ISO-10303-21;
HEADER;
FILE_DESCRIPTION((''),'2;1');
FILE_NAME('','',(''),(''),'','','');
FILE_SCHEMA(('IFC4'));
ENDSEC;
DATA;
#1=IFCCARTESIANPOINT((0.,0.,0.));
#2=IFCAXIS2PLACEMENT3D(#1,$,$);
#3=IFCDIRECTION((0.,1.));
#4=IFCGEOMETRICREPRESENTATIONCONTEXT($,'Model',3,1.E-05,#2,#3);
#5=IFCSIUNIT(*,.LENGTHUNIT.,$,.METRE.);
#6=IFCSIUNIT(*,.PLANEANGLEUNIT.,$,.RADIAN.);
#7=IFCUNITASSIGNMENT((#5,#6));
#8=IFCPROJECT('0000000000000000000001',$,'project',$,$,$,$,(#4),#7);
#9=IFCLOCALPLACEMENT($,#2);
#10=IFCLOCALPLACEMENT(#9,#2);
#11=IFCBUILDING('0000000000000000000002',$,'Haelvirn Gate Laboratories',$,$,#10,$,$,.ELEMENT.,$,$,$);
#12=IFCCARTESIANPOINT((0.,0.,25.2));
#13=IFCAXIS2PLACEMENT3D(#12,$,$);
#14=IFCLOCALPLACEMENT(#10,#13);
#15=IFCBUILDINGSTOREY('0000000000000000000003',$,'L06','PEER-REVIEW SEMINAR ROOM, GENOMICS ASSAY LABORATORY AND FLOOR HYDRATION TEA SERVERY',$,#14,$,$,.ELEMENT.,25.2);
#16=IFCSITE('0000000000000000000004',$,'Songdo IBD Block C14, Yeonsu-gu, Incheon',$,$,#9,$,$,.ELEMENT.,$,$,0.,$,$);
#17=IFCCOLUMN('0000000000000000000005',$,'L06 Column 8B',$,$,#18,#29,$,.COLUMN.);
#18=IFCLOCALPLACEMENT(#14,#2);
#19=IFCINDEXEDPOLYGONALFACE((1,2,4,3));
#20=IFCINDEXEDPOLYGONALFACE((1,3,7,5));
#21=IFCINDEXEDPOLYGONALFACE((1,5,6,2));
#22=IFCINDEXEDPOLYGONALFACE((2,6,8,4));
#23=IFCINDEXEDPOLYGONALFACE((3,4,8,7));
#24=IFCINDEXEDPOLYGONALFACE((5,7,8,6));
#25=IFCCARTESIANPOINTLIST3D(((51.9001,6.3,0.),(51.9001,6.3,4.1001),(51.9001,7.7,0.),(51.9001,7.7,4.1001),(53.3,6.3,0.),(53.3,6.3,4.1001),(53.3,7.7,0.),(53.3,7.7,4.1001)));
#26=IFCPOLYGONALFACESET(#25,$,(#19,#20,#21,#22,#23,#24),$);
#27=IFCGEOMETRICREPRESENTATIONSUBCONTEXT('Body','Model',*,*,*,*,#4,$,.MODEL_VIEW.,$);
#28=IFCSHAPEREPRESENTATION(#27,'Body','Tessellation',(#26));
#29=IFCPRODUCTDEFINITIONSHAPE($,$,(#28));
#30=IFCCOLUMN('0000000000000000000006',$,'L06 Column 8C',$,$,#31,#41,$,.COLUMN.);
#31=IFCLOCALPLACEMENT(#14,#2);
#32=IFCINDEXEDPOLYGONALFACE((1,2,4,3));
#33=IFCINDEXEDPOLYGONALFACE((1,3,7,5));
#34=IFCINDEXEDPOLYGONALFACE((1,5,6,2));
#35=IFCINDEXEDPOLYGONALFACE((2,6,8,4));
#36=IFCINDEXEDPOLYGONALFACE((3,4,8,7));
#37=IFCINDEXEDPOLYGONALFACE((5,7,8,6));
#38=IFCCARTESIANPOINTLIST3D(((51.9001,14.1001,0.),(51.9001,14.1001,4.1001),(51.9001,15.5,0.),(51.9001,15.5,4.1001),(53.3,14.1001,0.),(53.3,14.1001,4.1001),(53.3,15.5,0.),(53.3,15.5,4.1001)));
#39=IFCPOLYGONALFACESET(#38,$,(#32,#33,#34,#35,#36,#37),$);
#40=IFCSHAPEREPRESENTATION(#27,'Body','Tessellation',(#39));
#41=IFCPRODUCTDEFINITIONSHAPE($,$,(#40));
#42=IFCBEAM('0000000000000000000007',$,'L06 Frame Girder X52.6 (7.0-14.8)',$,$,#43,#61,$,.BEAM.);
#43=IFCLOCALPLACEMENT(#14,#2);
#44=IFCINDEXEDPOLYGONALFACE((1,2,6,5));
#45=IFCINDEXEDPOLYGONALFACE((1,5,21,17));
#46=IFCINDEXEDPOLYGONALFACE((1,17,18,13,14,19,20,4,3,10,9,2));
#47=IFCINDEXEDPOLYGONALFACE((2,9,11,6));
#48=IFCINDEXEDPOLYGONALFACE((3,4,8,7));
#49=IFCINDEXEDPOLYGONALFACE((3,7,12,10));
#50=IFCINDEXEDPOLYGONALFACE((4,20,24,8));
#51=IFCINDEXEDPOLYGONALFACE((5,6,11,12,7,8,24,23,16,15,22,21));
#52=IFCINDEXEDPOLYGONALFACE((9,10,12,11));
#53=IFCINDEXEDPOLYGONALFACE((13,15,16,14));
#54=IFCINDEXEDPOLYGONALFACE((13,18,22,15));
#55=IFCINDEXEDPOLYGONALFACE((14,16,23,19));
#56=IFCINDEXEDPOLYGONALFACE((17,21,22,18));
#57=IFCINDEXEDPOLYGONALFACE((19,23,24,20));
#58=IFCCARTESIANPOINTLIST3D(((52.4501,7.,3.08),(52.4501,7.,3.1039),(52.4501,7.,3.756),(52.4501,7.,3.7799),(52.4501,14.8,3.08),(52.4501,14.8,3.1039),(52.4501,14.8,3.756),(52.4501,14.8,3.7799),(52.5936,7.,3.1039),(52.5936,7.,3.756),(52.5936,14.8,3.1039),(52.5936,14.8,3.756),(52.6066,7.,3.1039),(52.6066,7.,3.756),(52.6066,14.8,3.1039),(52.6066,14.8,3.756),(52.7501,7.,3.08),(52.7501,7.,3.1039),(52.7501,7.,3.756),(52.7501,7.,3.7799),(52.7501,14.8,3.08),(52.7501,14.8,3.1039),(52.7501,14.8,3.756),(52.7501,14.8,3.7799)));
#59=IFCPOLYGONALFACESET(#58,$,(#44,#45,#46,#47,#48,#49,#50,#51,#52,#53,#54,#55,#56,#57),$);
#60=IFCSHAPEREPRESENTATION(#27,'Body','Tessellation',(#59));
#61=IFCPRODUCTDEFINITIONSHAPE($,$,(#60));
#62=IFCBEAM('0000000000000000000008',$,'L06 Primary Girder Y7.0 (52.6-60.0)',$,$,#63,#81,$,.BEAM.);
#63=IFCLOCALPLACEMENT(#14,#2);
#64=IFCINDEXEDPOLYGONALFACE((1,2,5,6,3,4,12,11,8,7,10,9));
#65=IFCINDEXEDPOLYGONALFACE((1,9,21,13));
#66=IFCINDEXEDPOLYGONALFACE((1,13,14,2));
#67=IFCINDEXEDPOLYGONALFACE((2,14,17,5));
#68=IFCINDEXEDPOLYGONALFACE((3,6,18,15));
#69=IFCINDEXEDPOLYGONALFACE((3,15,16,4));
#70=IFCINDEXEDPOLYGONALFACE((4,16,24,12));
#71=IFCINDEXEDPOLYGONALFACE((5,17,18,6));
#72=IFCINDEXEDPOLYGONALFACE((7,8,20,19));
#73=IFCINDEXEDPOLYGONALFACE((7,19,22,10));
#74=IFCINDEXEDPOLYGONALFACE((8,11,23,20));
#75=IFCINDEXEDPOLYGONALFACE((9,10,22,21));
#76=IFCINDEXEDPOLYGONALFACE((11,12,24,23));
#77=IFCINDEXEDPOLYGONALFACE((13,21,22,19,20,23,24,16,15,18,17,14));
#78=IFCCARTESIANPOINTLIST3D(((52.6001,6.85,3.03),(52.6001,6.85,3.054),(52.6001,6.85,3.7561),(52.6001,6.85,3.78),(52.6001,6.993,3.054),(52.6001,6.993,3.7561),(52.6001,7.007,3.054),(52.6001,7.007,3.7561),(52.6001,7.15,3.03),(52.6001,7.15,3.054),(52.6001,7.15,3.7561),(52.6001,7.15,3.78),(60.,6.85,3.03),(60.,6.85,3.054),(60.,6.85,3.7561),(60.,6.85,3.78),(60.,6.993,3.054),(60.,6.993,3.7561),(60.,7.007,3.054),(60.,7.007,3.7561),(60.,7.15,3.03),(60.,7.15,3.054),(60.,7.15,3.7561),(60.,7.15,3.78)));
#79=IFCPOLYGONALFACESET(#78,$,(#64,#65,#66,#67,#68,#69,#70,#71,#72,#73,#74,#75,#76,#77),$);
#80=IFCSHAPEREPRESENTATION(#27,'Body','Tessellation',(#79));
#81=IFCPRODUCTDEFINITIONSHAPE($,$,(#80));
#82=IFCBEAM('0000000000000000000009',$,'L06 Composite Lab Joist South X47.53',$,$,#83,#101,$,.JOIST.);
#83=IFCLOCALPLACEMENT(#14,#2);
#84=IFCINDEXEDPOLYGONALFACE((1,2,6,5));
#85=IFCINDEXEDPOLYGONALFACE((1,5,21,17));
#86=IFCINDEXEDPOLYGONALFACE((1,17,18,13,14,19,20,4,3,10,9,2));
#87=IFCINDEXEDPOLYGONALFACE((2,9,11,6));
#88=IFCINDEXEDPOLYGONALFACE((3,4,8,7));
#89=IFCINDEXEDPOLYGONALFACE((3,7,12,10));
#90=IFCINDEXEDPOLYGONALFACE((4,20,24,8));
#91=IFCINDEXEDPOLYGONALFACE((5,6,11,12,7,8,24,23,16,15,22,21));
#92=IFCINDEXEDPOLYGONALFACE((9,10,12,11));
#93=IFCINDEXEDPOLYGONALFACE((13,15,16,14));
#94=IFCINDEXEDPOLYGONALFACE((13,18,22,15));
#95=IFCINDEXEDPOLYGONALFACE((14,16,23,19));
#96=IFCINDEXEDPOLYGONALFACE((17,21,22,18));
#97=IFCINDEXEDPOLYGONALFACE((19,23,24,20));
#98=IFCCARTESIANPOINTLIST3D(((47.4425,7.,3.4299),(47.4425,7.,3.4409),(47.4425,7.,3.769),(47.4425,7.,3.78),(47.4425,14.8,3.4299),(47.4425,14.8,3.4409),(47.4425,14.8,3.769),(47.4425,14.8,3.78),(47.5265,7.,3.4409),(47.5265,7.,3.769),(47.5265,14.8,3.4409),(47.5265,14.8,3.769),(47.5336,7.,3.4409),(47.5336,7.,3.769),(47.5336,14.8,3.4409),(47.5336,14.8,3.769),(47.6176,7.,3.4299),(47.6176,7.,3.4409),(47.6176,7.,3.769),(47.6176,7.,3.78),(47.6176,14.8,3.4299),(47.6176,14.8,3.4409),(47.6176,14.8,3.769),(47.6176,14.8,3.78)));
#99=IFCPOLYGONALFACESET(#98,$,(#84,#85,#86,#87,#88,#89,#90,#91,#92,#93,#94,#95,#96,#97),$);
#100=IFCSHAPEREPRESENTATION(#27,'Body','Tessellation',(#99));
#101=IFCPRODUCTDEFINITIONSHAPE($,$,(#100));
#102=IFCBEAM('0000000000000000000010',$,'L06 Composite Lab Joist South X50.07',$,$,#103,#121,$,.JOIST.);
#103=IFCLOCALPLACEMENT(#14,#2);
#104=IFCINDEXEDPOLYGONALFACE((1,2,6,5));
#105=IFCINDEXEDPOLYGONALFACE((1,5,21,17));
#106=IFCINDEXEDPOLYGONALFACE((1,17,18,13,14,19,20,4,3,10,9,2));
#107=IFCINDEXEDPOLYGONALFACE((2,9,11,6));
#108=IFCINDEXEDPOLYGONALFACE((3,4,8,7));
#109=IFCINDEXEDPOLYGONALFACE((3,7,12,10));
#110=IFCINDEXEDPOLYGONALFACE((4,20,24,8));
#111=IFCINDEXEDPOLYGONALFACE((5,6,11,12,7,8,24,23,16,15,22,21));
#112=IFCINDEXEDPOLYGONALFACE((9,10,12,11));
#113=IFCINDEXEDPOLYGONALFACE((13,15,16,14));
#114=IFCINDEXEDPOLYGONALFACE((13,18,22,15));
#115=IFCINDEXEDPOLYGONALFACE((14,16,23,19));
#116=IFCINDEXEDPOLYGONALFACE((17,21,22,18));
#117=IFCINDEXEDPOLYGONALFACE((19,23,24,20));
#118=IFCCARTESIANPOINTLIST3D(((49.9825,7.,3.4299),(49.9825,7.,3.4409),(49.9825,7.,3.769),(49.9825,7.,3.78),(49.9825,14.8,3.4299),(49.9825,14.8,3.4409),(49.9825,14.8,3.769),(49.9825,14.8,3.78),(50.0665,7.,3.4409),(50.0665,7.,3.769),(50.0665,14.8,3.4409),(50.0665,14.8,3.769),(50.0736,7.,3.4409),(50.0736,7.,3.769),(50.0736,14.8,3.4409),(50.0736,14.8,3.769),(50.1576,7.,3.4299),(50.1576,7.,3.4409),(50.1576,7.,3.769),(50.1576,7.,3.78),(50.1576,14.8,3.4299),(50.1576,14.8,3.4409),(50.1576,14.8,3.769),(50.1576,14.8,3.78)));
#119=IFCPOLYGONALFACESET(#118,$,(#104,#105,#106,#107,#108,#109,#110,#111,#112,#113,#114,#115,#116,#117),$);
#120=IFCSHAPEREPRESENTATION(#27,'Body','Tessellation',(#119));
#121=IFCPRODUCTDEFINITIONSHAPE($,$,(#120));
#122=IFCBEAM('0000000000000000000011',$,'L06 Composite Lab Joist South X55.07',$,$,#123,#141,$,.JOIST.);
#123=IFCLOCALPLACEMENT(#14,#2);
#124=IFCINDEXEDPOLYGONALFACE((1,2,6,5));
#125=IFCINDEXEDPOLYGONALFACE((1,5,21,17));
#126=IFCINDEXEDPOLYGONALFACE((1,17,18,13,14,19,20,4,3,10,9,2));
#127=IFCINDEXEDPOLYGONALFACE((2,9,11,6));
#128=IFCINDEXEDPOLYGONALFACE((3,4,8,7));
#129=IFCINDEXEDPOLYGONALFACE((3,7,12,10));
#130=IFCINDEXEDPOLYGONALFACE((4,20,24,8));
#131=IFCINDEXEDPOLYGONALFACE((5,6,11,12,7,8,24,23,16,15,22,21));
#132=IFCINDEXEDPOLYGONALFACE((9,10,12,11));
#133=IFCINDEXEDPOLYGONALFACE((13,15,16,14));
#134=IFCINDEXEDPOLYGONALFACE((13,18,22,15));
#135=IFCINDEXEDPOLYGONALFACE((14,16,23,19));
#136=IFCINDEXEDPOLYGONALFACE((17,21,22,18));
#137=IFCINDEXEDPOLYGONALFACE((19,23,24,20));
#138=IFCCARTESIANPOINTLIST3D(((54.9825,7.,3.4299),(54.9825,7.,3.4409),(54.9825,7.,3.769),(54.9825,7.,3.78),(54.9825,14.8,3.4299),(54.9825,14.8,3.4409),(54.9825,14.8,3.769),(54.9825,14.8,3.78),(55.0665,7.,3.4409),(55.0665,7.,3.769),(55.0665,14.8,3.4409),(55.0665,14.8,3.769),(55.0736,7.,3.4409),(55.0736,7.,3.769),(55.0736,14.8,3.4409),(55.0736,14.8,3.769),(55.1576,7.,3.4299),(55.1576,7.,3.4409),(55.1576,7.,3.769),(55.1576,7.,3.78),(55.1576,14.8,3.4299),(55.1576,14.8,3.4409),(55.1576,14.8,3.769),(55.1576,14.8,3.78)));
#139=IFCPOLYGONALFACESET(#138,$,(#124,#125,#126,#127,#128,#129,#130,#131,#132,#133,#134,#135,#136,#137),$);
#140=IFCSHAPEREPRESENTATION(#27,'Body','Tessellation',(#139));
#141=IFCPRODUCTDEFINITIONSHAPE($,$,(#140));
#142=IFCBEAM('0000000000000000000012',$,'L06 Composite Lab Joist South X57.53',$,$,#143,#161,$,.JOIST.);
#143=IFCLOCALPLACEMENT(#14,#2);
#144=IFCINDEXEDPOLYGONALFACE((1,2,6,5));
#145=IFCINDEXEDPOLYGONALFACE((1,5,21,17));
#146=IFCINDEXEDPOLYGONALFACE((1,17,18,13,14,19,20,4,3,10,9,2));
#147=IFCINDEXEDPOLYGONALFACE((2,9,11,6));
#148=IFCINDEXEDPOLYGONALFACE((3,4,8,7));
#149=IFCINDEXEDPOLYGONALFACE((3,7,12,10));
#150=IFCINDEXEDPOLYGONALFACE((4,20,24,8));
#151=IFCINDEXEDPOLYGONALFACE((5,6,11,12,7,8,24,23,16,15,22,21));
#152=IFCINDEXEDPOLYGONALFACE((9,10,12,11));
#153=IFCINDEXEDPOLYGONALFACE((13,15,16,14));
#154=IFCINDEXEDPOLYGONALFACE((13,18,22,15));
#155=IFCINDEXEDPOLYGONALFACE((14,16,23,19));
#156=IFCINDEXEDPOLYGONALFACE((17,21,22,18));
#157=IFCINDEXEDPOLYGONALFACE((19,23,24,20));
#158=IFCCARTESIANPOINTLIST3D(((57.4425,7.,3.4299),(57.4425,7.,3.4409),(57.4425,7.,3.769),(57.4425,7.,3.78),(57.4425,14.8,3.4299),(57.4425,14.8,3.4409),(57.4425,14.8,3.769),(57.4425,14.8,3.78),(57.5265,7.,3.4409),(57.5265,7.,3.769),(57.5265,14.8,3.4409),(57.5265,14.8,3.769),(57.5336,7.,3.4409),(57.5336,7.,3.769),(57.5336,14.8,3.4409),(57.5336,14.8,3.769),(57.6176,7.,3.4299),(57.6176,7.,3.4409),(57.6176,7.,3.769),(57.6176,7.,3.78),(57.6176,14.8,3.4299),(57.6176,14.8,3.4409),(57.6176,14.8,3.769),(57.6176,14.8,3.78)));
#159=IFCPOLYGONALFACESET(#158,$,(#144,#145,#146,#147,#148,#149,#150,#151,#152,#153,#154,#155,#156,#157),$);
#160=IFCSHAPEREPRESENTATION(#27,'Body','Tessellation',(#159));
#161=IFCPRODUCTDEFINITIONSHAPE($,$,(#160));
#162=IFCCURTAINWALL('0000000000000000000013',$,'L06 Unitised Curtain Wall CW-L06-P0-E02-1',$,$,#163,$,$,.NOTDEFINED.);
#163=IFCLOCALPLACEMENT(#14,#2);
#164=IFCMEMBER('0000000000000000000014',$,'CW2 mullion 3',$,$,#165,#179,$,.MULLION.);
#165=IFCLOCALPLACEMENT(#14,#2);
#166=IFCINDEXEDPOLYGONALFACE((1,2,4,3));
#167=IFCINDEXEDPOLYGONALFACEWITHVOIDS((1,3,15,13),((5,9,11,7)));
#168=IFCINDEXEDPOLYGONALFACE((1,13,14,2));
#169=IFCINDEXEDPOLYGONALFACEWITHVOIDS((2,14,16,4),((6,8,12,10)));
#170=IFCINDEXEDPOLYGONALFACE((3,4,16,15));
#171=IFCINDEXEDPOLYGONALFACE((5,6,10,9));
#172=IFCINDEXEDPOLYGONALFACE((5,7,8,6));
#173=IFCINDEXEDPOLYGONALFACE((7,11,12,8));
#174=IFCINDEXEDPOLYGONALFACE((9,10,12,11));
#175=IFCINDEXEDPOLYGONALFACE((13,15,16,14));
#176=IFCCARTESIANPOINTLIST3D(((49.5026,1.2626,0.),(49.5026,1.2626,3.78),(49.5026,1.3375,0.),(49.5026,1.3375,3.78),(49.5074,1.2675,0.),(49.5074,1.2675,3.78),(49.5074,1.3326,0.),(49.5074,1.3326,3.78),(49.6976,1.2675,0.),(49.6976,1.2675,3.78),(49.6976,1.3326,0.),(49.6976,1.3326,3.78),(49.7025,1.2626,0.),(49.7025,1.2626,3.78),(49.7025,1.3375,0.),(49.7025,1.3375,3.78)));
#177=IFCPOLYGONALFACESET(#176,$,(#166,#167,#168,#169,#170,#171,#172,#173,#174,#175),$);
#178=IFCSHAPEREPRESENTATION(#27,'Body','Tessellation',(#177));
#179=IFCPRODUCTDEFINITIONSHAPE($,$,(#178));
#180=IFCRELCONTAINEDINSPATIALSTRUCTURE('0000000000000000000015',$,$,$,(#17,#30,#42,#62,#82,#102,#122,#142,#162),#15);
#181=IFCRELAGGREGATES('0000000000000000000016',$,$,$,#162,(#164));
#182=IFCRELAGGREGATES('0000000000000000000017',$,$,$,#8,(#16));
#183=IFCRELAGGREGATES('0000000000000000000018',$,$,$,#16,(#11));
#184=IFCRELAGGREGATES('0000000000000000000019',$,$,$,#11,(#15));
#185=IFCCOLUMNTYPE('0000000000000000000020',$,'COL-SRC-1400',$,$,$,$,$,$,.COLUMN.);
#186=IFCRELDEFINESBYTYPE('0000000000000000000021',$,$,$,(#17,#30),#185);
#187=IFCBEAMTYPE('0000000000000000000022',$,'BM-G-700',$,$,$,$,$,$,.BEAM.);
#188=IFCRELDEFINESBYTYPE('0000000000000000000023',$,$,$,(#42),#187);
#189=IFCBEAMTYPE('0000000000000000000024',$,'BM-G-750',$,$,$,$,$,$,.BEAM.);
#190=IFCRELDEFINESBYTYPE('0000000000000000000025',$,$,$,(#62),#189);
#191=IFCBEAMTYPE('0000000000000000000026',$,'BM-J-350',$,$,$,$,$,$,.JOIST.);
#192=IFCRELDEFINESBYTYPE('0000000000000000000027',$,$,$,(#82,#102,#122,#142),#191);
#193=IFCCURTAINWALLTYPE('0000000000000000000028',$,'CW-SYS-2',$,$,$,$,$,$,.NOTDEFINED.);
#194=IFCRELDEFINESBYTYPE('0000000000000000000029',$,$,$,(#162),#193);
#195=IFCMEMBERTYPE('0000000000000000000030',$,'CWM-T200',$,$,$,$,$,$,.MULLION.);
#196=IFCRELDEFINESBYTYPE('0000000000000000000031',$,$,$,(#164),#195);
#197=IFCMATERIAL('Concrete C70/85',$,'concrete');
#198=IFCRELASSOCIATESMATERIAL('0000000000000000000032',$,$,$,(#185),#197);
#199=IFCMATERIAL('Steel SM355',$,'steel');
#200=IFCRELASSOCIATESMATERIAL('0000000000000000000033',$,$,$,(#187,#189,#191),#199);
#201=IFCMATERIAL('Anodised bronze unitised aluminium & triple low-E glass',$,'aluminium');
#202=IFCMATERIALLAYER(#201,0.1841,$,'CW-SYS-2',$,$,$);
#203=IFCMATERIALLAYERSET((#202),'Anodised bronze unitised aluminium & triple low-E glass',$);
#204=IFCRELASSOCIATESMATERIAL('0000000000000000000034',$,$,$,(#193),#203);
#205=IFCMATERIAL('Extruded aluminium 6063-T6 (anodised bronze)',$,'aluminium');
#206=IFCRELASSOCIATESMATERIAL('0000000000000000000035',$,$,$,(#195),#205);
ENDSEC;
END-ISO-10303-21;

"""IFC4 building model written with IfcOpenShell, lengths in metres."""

from ifc_helpers import new_model, si_unit, direction, frame, origin, origin_2d, place, context, subcontext, project, spatial, rectangle, hollow_rectangle, i_section, extrude, source, transform, mapped, material, layer, layer_set, material_profile, profile_set, type_object, type_shapes, element, aggregate, save


model = new_model("IFC4")

# Units and contexts
model_context = context("Model", 3, precision=1e-05, world=origin(), true_north=direction((0.0, 1.0)))
body_context = subcontext(model_context, "Body", "Model", "MODEL_VIEW")
ifc_project = project(units=[si_unit("LENGTHUNIT", "METRE"), si_unit("PLANEANGLEUNIT", "RADIAN")], contexts=[model_context])

# Site, building, storey
site_placement = place(None, origin())
site = spatial("IfcSite", under=ifc_project, at=site_placement, Name="Songdo IBD Block C14, Yeonsu-gu, Incheon", CompositionType="ELEMENT", RefElevation=0.0)
building_placement = place(site_placement, origin())
building = spatial("IfcBuilding", under=site, at=building_placement, Name="Haelvirn Gate Laboratories", CompositionType="ELEMENT")
storey_placement = place(building_placement, frame((0.0, 0.0, 25.2)))
storey = spatial("IfcBuildingStorey", under=building, at=storey_placement, Name="L06", Description="PEER-REVIEW SEMINAR ROOM, GENOMICS ASSAY LABORATORY AND FLOOR HYDRATION TEA SERVERY", CompositionType="ELEMENT", Elevation=25.2)

# Columns
ifc_material_1 = material(Name="Concrete C70/85", Category="concrete")
ifc_material_profile_1 = material_profile(ifc_material_1, rectangle(XDim=1.3999, YDim=1.3999, at=origin_2d()), Name="SRC-1400x1400")
ifc_profile_set_1 = profile_set([ifc_material_profile_1], Name="Concrete C70/85")
column_type = type_object("IfcColumnType", Name="COL-SRC-1400", PredefinedType="COLUMN", material=ifc_profile_set_1)
shared_shape_1 = source(origin(), body_context, "Body", "SweptSolid", [
    extrude(rectangle(XDim=1.3999, YDim=1.3999, at=origin_2d()), origin(), (0.0, 0.0, 1.0), 4.1001),
])
type_shapes(column_type, [shared_shape_1])
for number, where, z_axis, x_axis, name in (
    (1, (52.6001, 7.0, 0.0), (0.0, 0.0, 1.0), (1.0, 0.0, 0.0), "L06 Column 8B"),
    (2, (52.6001, 14.8, 0.0), (0.0, 0.0, 1.0), (1.0, 0.0, 0.0), "L06 Column 8C"),
):
    element("IfcColumn", number, at=place(storey_placement, frame(where, z_axis=z_axis, x_axis=x_axis)), inside=storey, type_object=column_type, Name=name, PredefinedType="COLUMN", context=body_context, shape_type="MappedRepresentation", body=[
        mapped(shared_shape_1, transform((0.0, 0.0, 0.0), scale=1.0)),
    ])

# Beams
ifc_material_2 = material(Name="Steel SM355", Category="steel")
ifc_material_profile_2 = material_profile(ifc_material_2, i_section(OverallWidth=0.3, OverallDepth=0.7, WebThickness=0.0129, FlangeThickness=0.0239, at=origin_2d()), Name="H-700x300x13x24")
ifc_profile_set_2 = profile_set([ifc_material_profile_2], Name="Steel SM355")
beam_type_1 = type_object("IfcBeamType", Name="BM-G-700", PredefinedType="BEAM", material=ifc_profile_set_2)
shared_shape_2 = source(origin(), body_context, "Body", "SweptSolid", [
    extrude(i_section(OverallWidth=0.3, OverallDepth=0.7, WebThickness=0.0129, FlangeThickness=0.0239, at=origin_2d()), origin(), (0.0, 0.0, 1.0), 7.8),
])
type_shapes(beam_type_1, [shared_shape_2])
beam_1_placement = place(storey_placement, frame((52.6001, 7.0, 3.4299), z_axis=(0.0, 1.0, 0.0), x_axis=(-1.0, 0.0, 0.0)))
element("IfcBeam", 3, at=beam_1_placement, inside=storey, type_object=beam_type_1, Name="L06 Frame Girder X52.6 (7.0-14.8)", PredefinedType="BEAM", context=body_context, shape_type="MappedRepresentation", body=[
    mapped(shared_shape_2, transform((0.0, 0.0, 0.0), scale=1.0)),
])
ifc_material_profile_3 = material_profile(ifc_material_2, i_section(OverallWidth=0.3, OverallDepth=0.75, WebThickness=0.0139, FlangeThickness=0.0239, at=origin_2d()), Name="H-750x300x14x24")
ifc_profile_set_3 = profile_set([ifc_material_profile_3], Name="Steel SM355")
beam_type_2 = type_object("IfcBeamType", Name="BM-G-750", PredefinedType="BEAM", material=ifc_profile_set_3)
shared_shape_3 = source(origin(), body_context, "Body", "SweptSolid", [
    extrude(i_section(OverallWidth=0.3, OverallDepth=0.75, WebThickness=0.0139, FlangeThickness=0.0239, at=origin_2d()), origin(), (0.0, 0.0, 1.0), 7.3999),
])
type_shapes(beam_type_2, [shared_shape_3])
beam_2_placement = place(storey_placement, frame((52.6001, 7.0, 3.405), z_axis=(1.0, 0.0, 0.0), x_axis=(0.0, 1.0, 0.0)))
element("IfcBeam", 4, at=beam_2_placement, inside=storey, type_object=beam_type_2, Name="L06 Primary Girder Y7.0 (52.6-60.0)", PredefinedType="BEAM", context=body_context, shape_type="MappedRepresentation", body=[
    mapped(shared_shape_3, transform((0.0, 0.0, 0.0), scale=1.0)),
])
ifc_material_profile_4 = material_profile(ifc_material_2, i_section(OverallWidth=0.175, OverallDepth=0.3501, WebThickness=0.0071, FlangeThickness=0.011, at=origin_2d()), Name="H-350x175x7x11")
ifc_profile_set_4 = profile_set([ifc_material_profile_4], Name="Steel SM355")
beam_type_3 = type_object("IfcBeamType", Name="BM-J-350", PredefinedType="JOIST", material=ifc_profile_set_4)
shared_shape_4 = source(origin(), body_context, "Body", "SweptSolid", [
    extrude(i_section(OverallWidth=0.175, OverallDepth=0.3501, WebThickness=0.0071, FlangeThickness=0.011, at=origin_2d()), origin(), (0.0, 0.0, 1.0), 7.8),
])
type_shapes(beam_type_3, [shared_shape_4])
for number, where, z_axis, x_axis, name in (
    (5, (47.53, 7.0, 3.605), (0.0, 1.0, 0.0), (-1.0, 0.0, 0.0), "L06 Composite Lab Joist South X47.53"),
    (6, (50.0701, 7.0, 3.605), (0.0, 1.0, 0.0), (-1.0, 0.0, 0.0), "L06 Composite Lab Joist South X50.07"),
    (7, (55.0701, 7.0, 3.605), (0.0, 1.0, 0.0), (-1.0, 0.0, 0.0), "L06 Composite Lab Joist South X55.07"),
    (8, (57.53, 7.0, 3.605), (0.0, 1.0, 0.0), (-1.0, 0.0, 0.0), "L06 Composite Lab Joist South X57.53"),
):
    element("IfcBeam", number, at=place(storey_placement, frame(where, z_axis=z_axis, x_axis=x_axis)), inside=storey, type_object=beam_type_3, Name=name, PredefinedType="JOIST", context=body_context, shape_type="MappedRepresentation", body=[
        mapped(shared_shape_4, transform((0.0, 0.0, 0.0), scale=1.0)),
    ])

# Curtain wall, member
ifc_material_3 = material(Name="Anodised bronze unitised aluminium & triple low-E glass", Category="aluminium")
ifc_layer_1 = layer(ifc_material_3, 0.1841, Name="CW-SYS-2")
ifc_layer_set_1 = layer_set([ifc_layer_1], Name="Anodised bronze unitised aluminium & triple low-E glass")
curtain_wall_type = type_object("IfcCurtainWallType", Name="CW-SYS-2", PredefinedType="NOTDEFINED", material=ifc_layer_set_1)
curtain_wall_1_placement = place(storey_placement, origin())
curtain_wall_1 = element("IfcCurtainWall", 9, at=curtain_wall_1_placement, inside=storey, type_object=curtain_wall_type, Name="L06 Unitised Curtain Wall CW-L06-P0-E02-1", PredefinedType="NOTDEFINED")
ifc_material_4 = material(Name="Extruded aluminium 6063-T6 (anodised bronze)", Category="aluminium")
ifc_material_profile_5 = material_profile(ifc_material_4, hollow_rectangle(XDim=0.075, YDim=0.2, WallThickness=0.0049, at=origin_2d()), Name="CWM-200x75x5")
ifc_profile_set_5 = profile_set([ifc_material_profile_5], Name="Extruded aluminium 6063-T6 (anodised bronze)")
member_type_1 = type_object("IfcMemberType", Name="CWM-T200", PredefinedType="MULLION", material=ifc_profile_set_5)
shared_shape_5 = source(origin(), body_context, "Body", "SweptSolid", [
    extrude(hollow_rectangle(XDim=0.075, YDim=0.2, WallThickness=0.0049, at=origin_2d()), origin(), (0.0, 0.0, 1.0), 3.78),
])
type_shapes(member_type_1, [shared_shape_5])
member_1_placement = place(storey_placement, frame((49.6025, 1.3, 0.0), z_axis=(0.0, 0.0, 1.0), x_axis=(0.0, 1.0, 0.0)))
member_1 = element("IfcMember", 10, at=member_1_placement, type_object=member_type_1, Name="CW2 mullion 3", PredefinedType="MULLION", context=body_context, shape_type="MappedRepresentation", body=[
    mapped(shared_shape_5, transform((0.0, 0.0, 0.0), scale=1.0)),
])
aggregate(curtain_wall_1, [member_1])

save(model, "model.ifc")
